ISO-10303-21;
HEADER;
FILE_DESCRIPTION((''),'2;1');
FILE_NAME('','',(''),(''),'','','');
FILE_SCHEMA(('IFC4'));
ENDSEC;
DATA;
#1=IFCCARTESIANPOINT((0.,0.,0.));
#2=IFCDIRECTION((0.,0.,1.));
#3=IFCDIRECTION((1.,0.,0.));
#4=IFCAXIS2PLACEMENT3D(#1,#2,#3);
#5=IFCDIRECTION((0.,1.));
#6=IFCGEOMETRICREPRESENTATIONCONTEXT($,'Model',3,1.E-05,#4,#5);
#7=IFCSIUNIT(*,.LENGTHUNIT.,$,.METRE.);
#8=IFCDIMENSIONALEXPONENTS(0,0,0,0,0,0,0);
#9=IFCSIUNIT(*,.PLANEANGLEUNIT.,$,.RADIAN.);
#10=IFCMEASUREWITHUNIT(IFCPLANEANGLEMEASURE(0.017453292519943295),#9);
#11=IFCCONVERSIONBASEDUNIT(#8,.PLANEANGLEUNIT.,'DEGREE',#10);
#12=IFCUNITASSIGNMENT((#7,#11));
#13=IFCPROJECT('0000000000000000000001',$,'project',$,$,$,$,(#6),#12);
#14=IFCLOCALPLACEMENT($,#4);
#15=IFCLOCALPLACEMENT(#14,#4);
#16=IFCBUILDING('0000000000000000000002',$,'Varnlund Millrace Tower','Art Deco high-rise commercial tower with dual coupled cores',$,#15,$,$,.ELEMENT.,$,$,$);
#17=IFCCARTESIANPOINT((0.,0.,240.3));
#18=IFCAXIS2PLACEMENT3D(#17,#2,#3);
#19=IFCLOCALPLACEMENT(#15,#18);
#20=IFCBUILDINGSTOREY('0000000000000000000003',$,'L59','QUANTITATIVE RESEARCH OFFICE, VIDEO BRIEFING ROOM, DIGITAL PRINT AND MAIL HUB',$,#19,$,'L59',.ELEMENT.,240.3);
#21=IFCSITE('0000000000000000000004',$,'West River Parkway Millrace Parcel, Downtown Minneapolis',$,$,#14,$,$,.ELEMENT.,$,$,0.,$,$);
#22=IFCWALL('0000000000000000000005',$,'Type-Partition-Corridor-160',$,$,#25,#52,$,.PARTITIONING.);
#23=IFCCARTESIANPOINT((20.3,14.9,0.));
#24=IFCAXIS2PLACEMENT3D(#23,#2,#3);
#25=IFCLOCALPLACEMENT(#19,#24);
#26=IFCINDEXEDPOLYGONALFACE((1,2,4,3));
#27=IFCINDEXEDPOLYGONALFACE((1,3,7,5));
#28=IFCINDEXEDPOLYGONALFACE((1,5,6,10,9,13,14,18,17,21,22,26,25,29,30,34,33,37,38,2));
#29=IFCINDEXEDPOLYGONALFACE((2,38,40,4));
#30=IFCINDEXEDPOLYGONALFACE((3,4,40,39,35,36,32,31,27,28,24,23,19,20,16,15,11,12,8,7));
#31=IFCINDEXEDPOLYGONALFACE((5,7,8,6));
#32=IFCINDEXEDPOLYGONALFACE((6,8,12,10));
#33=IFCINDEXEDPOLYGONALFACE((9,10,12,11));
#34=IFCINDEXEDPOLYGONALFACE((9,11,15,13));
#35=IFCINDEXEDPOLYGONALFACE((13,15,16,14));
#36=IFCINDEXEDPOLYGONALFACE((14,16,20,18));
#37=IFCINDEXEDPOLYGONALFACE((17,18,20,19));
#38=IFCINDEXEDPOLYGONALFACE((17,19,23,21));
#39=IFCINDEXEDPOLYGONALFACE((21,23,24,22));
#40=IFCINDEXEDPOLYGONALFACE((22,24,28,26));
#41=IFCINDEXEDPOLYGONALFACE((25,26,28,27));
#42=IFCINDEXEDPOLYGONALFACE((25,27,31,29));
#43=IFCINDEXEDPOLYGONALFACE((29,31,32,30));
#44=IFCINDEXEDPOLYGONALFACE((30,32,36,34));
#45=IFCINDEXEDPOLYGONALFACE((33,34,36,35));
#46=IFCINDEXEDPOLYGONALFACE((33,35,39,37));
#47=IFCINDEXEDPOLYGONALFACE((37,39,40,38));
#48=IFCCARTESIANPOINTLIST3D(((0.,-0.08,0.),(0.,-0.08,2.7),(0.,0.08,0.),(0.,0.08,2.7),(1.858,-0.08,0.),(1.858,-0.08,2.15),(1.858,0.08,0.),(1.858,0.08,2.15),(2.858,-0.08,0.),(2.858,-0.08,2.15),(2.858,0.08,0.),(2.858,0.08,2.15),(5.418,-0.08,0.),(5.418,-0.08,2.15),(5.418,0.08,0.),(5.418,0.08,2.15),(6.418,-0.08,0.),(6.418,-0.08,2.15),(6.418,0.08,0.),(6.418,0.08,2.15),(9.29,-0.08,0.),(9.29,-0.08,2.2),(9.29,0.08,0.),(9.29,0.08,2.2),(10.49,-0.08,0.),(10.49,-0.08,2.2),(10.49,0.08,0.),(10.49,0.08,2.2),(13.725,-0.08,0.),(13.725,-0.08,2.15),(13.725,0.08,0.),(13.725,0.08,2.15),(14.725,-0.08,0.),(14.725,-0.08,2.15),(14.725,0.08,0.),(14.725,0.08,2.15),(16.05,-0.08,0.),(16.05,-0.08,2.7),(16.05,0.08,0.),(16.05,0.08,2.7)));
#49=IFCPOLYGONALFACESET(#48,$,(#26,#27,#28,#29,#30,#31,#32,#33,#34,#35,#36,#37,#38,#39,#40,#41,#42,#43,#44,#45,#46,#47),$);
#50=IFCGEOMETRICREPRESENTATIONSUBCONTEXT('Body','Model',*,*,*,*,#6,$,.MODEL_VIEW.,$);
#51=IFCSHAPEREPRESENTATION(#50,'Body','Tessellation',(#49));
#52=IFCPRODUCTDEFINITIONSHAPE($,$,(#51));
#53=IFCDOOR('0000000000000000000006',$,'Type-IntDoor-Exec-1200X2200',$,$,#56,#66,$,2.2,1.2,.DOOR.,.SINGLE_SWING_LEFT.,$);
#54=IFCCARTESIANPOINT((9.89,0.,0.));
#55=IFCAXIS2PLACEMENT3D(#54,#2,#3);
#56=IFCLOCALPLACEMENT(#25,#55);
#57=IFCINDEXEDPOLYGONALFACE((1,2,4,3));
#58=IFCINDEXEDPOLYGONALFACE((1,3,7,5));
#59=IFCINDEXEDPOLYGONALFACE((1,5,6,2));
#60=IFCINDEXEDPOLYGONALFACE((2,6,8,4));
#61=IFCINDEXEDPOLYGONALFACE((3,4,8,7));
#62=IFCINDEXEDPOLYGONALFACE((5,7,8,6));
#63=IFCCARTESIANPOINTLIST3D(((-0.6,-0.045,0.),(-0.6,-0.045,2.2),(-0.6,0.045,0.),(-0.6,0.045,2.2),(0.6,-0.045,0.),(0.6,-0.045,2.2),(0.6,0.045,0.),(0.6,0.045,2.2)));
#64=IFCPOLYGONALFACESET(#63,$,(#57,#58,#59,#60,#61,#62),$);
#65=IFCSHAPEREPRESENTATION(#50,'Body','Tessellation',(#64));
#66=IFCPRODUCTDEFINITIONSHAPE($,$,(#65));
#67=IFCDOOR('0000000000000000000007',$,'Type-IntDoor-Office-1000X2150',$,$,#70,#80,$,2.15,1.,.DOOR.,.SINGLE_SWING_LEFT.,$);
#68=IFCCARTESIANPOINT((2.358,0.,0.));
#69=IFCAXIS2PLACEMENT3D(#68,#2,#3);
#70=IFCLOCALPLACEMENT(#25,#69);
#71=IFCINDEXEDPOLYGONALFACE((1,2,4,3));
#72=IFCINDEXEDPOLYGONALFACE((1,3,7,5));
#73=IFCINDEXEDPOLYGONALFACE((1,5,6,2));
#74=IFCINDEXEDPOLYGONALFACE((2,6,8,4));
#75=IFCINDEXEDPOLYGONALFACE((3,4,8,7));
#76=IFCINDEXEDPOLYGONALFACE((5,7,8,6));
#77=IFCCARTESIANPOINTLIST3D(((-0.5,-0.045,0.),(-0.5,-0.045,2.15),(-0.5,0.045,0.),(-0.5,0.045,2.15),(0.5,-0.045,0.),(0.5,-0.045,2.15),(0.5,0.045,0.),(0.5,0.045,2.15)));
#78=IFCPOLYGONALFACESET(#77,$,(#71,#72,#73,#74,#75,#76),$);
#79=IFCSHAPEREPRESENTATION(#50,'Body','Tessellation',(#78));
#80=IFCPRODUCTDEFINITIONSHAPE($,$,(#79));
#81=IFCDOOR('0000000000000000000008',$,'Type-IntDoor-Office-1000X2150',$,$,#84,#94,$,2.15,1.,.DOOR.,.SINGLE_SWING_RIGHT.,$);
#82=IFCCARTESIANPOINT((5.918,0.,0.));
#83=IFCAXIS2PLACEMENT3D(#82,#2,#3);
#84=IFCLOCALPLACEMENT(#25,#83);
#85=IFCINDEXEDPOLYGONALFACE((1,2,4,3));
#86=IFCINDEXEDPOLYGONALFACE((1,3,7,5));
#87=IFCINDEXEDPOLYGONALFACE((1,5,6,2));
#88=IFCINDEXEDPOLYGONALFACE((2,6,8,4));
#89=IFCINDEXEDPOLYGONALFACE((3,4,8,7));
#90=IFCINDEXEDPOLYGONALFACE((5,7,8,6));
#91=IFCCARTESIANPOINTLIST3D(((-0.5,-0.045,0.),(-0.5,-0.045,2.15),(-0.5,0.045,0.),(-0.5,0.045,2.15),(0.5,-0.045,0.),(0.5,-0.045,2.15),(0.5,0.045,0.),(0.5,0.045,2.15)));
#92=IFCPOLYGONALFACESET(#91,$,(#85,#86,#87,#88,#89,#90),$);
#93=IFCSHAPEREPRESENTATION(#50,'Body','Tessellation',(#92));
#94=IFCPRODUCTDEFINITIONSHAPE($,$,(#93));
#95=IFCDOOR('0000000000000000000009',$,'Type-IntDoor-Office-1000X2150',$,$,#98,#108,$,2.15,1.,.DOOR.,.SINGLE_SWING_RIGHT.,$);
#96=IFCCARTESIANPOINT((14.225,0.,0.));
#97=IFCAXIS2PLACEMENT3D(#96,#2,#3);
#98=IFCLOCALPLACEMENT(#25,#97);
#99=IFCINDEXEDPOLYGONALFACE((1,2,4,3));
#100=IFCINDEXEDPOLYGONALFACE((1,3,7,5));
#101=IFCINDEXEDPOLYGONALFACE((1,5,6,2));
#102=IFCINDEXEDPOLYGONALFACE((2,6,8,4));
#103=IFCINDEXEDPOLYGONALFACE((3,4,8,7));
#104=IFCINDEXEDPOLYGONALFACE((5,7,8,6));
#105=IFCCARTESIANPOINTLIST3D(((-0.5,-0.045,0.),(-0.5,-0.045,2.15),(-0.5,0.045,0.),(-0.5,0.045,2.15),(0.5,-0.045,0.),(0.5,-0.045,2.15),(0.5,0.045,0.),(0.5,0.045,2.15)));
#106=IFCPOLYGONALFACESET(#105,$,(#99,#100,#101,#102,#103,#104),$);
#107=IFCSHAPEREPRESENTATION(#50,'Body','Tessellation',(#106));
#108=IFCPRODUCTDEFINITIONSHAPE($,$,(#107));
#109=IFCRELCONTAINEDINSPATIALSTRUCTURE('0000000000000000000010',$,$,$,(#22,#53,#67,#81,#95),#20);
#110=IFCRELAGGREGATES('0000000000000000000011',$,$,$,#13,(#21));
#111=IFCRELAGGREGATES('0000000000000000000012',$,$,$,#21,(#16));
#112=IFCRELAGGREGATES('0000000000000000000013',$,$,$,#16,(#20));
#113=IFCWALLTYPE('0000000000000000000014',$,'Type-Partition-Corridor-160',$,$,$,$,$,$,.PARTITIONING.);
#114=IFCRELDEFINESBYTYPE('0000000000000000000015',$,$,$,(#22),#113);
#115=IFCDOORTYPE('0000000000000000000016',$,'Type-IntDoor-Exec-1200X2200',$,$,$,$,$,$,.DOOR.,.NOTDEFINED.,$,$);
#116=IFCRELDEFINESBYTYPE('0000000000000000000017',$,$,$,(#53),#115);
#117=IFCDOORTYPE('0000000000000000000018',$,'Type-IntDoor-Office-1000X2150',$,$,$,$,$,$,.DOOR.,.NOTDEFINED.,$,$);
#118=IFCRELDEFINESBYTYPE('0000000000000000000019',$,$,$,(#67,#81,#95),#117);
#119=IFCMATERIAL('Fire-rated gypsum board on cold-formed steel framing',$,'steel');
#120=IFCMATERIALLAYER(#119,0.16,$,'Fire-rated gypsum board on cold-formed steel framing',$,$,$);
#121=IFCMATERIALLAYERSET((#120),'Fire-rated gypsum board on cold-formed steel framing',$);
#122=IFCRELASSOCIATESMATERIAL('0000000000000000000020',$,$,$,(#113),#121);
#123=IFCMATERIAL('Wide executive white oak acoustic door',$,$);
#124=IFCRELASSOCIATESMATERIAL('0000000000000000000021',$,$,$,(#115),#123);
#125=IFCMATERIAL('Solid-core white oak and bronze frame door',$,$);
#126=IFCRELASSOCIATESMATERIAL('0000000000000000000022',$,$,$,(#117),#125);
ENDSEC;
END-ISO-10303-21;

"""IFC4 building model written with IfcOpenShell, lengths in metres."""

from ifc_helpers import new_model, entity, si_unit, converted_unit, direction, frame, origin_with_axes, origin_2d_with_axis, place, context, subcontext, project, spatial, polyline, rectangle, outline, extrude, material, layer, layer_set, type_object, element, fill, save


model = new_model("IFC4")

# Units and contexts
model_context = context("Model", 3, precision=1e-05, world=origin_with_axes(), true_north=direction((0.0, 1.0)))
body_context = subcontext(model_context, "Body", "Model", "MODEL_VIEW")
ifc_project = project(units=[si_unit("LENGTHUNIT", "METRE"), converted_unit("PLANEANGLEUNIT", "DEGREE", entity("IfcPlaneAngleMeasure", 0.017453292519943295), si_unit("PLANEANGLEUNIT", "RADIAN"), dimensions=[0, 0, 0, 0, 0, 0, 0])], contexts=[model_context])

# Site, building, storey
site_placement = place(None, origin_with_axes())
site = spatial("IfcSite", under=ifc_project, at=site_placement, Name="West River Parkway Millrace Parcel, Downtown Minneapolis", CompositionType="ELEMENT", RefElevation=0.0)
building_placement = place(site_placement, origin_with_axes())
building = spatial("IfcBuilding", under=site, at=building_placement, Name="Varnlund Millrace Tower", Description="Art Deco high-rise commercial tower with dual coupled cores", CompositionType="ELEMENT")
storey_placement = place(building_placement, frame((0.0, 0.0, 240.3), z_axis=(0.0, 0.0, 1.0), x_axis=(1.0, 0.0, 0.0)))
storey = spatial("IfcBuildingStorey", under=building, at=storey_placement, Name="L59", Description="QUANTITATIVE RESEARCH OFFICE, VIDEO BRIEFING ROOM, DIGITAL PRINT AND MAIL HUB", LongName="L59", CompositionType="ELEMENT", Elevation=240.3)

# Wall, openings, doors
ifc_material_1 = material(Name="Fire-rated gypsum board on cold-formed steel framing", Category="steel")
ifc_layer_1 = layer(ifc_material_1, 0.16, Name="Fire-rated gypsum board on cold-formed steel framing")
ifc_layer_set_1 = layer_set([ifc_layer_1], Name="Fire-rated gypsum board on cold-formed steel framing")
wall_type_1 = type_object("IfcWallType", Name="Type-Partition-Corridor-160", PredefinedType="PARTITIONING", material=ifc_layer_set_1)
wall_1_placement = place(storey_placement, frame((20.3, 14.9, 0.0), z_axis=(0.0, 0.0, 1.0), x_axis=(1.0, 0.0, 0.0)))
wall_1 = element("IfcWall", 1, at=wall_1_placement, inside=storey, type_object=wall_type_1, Name="Type-Partition-Corridor-160", PredefinedType="PARTITIONING", context=body_context, shape_type="SweptSolid", body=[
    extrude(outline(polyline([(0.0, -0.08), (16.05, -0.08), (16.05, 0.08), (0.0, 0.08), (0.0, -0.08)])), origin_with_axes(), (0.0, 0.0, 1.0), 2.7),
])
opening_1_placement = place(wall_1_placement, frame((2.358, 0.0, 0.0), z_axis=(0.0, 0.0, 1.0), x_axis=(1.0, 0.0, 0.0)))
opening_1 = element("IfcOpeningElement", 2, at=opening_1_placement, cuts=wall_1, PredefinedType="OPENING", context=body_context, shape_type="SweptSolid", body=[
    extrude(rectangle(XDim=1.0, YDim=0.18, at=origin_2d_with_axis()), origin_with_axes(), (0.0, 0.0, 1.0), 2.15),
])
opening_2_placement = place(wall_1_placement, frame((5.918, 0.0, 0.0), z_axis=(0.0, 0.0, 1.0), x_axis=(1.0, 0.0, 0.0)))
opening_2 = element("IfcOpeningElement", 3, at=opening_2_placement, cuts=wall_1, PredefinedType="OPENING", context=body_context, shape_type="SweptSolid", body=[
    extrude(rectangle(XDim=1.0, YDim=0.18, at=origin_2d_with_axis()), origin_with_axes(), (0.0, 0.0, 1.0), 2.15),
])
opening_3_placement = place(wall_1_placement, frame((9.89, 0.0, 0.0), z_axis=(0.0, 0.0, 1.0), x_axis=(1.0, 0.0, 0.0)))
opening_3 = element("IfcOpeningElement", 4, at=opening_3_placement, cuts=wall_1, PredefinedType="OPENING", context=body_context, shape_type="SweptSolid", body=[
    extrude(rectangle(XDim=1.2, YDim=0.18, at=origin_2d_with_axis()), origin_with_axes(), (0.0, 0.0, 1.0), 2.2),
])
opening_4_placement = place(wall_1_placement, frame((14.225, 0.0, 0.0), z_axis=(0.0, 0.0, 1.0), x_axis=(1.0, 0.0, 0.0)))
opening_4 = element("IfcOpeningElement", 5, at=opening_4_placement, cuts=wall_1, PredefinedType="OPENING", context=body_context, shape_type="SweptSolid", body=[
    extrude(rectangle(XDim=1.0, YDim=0.18, at=origin_2d_with_axis()), origin_with_axes(), (0.0, 0.0, 1.0), 2.15),
])
ifc_material_2 = material(Name="Wide executive white oak acoustic door")
door_type_1 = type_object("IfcDoorType", Name="Type-IntDoor-Exec-1200X2200", OperationType="NOTDEFINED", PredefinedType="DOOR", material=ifc_material_2)
door_1_placement = place(wall_1_placement, frame((9.89, 0.0, 0.0), z_axis=(0.0, 0.0, 1.0), x_axis=(1.0, 0.0, 0.0)))
door_1 = element("IfcDoor", 6, at=door_1_placement, inside=storey, type_object=door_type_1, Name="Type-IntDoor-Exec-1200X2200", OperationType="SINGLE_SWING_LEFT", OverallHeight=2.2, OverallWidth=1.2, PredefinedType="DOOR", context=body_context, shape_type="SweptSolid", body=[
    extrude(rectangle(XDim=1.2, YDim=0.09, at=origin_2d_with_axis()), origin_with_axes(), (0.0, 0.0, 1.0), 2.2),
])
fill(opening_3, door_1)
ifc_material_3 = material(Name="Solid-core white oak and bronze frame door")
door_type_2 = type_object("IfcDoorType", Name="Type-IntDoor-Office-1000X2150", OperationType="NOTDEFINED", PredefinedType="DOOR", material=ifc_material_3)
door_2_placement = place(wall_1_placement, frame((2.358, 0.0, 0.0), z_axis=(0.0, 0.0, 1.0), x_axis=(1.0, 0.0, 0.0)))
door_2 = element("IfcDoor", 7, at=door_2_placement, inside=storey, type_object=door_type_2, Name="Type-IntDoor-Office-1000X2150", OperationType="SINGLE_SWING_LEFT", OverallHeight=2.15, OverallWidth=1.0, PredefinedType="DOOR", context=body_context, shape_type="SweptSolid", body=[
    extrude(rectangle(XDim=1.0, YDim=0.09, at=origin_2d_with_axis()), origin_with_axes(), (0.0, 0.0, 1.0), 2.15),
])
fill(opening_1, door_2)
door_3_placement = place(wall_1_placement, frame((5.918, 0.0, 0.0), z_axis=(0.0, 0.0, 1.0), x_axis=(1.0, 0.0, 0.0)))
door_3 = element("IfcDoor", 8, at=door_3_placement, inside=storey, type_object=door_type_2, Name="Type-IntDoor-Office-1000X2150", OperationType="SINGLE_SWING_RIGHT", OverallHeight=2.15, OverallWidth=1.0, PredefinedType="DOOR", context=body_context, shape_type="SweptSolid", body=[
    extrude(rectangle(XDim=1.0, YDim=0.09, at=origin_2d_with_axis()), origin_with_axes(), (0.0, 0.0, 1.0), 2.15),
])
fill(opening_2, door_3)
door_4_placement = place(wall_1_placement, frame((14.225, 0.0, 0.0), z_axis=(0.0, 0.0, 1.0), x_axis=(1.0, 0.0, 0.0)))
door_4 = element("IfcDoor", 9, at=door_4_placement, inside=storey, type_object=door_type_2, Name="Type-IntDoor-Office-1000X2150", OperationType="SINGLE_SWING_RIGHT", OverallHeight=2.15, OverallWidth=1.0, PredefinedType="DOOR", context=body_context, shape_type="SweptSolid", body=[
    extrude(rectangle(XDim=1.0, YDim=0.09, at=origin_2d_with_axis()), origin_with_axes(), (0.0, 0.0, 1.0), 2.15),
])
fill(opening_4, door_4)

save(model, "model.ifc")
